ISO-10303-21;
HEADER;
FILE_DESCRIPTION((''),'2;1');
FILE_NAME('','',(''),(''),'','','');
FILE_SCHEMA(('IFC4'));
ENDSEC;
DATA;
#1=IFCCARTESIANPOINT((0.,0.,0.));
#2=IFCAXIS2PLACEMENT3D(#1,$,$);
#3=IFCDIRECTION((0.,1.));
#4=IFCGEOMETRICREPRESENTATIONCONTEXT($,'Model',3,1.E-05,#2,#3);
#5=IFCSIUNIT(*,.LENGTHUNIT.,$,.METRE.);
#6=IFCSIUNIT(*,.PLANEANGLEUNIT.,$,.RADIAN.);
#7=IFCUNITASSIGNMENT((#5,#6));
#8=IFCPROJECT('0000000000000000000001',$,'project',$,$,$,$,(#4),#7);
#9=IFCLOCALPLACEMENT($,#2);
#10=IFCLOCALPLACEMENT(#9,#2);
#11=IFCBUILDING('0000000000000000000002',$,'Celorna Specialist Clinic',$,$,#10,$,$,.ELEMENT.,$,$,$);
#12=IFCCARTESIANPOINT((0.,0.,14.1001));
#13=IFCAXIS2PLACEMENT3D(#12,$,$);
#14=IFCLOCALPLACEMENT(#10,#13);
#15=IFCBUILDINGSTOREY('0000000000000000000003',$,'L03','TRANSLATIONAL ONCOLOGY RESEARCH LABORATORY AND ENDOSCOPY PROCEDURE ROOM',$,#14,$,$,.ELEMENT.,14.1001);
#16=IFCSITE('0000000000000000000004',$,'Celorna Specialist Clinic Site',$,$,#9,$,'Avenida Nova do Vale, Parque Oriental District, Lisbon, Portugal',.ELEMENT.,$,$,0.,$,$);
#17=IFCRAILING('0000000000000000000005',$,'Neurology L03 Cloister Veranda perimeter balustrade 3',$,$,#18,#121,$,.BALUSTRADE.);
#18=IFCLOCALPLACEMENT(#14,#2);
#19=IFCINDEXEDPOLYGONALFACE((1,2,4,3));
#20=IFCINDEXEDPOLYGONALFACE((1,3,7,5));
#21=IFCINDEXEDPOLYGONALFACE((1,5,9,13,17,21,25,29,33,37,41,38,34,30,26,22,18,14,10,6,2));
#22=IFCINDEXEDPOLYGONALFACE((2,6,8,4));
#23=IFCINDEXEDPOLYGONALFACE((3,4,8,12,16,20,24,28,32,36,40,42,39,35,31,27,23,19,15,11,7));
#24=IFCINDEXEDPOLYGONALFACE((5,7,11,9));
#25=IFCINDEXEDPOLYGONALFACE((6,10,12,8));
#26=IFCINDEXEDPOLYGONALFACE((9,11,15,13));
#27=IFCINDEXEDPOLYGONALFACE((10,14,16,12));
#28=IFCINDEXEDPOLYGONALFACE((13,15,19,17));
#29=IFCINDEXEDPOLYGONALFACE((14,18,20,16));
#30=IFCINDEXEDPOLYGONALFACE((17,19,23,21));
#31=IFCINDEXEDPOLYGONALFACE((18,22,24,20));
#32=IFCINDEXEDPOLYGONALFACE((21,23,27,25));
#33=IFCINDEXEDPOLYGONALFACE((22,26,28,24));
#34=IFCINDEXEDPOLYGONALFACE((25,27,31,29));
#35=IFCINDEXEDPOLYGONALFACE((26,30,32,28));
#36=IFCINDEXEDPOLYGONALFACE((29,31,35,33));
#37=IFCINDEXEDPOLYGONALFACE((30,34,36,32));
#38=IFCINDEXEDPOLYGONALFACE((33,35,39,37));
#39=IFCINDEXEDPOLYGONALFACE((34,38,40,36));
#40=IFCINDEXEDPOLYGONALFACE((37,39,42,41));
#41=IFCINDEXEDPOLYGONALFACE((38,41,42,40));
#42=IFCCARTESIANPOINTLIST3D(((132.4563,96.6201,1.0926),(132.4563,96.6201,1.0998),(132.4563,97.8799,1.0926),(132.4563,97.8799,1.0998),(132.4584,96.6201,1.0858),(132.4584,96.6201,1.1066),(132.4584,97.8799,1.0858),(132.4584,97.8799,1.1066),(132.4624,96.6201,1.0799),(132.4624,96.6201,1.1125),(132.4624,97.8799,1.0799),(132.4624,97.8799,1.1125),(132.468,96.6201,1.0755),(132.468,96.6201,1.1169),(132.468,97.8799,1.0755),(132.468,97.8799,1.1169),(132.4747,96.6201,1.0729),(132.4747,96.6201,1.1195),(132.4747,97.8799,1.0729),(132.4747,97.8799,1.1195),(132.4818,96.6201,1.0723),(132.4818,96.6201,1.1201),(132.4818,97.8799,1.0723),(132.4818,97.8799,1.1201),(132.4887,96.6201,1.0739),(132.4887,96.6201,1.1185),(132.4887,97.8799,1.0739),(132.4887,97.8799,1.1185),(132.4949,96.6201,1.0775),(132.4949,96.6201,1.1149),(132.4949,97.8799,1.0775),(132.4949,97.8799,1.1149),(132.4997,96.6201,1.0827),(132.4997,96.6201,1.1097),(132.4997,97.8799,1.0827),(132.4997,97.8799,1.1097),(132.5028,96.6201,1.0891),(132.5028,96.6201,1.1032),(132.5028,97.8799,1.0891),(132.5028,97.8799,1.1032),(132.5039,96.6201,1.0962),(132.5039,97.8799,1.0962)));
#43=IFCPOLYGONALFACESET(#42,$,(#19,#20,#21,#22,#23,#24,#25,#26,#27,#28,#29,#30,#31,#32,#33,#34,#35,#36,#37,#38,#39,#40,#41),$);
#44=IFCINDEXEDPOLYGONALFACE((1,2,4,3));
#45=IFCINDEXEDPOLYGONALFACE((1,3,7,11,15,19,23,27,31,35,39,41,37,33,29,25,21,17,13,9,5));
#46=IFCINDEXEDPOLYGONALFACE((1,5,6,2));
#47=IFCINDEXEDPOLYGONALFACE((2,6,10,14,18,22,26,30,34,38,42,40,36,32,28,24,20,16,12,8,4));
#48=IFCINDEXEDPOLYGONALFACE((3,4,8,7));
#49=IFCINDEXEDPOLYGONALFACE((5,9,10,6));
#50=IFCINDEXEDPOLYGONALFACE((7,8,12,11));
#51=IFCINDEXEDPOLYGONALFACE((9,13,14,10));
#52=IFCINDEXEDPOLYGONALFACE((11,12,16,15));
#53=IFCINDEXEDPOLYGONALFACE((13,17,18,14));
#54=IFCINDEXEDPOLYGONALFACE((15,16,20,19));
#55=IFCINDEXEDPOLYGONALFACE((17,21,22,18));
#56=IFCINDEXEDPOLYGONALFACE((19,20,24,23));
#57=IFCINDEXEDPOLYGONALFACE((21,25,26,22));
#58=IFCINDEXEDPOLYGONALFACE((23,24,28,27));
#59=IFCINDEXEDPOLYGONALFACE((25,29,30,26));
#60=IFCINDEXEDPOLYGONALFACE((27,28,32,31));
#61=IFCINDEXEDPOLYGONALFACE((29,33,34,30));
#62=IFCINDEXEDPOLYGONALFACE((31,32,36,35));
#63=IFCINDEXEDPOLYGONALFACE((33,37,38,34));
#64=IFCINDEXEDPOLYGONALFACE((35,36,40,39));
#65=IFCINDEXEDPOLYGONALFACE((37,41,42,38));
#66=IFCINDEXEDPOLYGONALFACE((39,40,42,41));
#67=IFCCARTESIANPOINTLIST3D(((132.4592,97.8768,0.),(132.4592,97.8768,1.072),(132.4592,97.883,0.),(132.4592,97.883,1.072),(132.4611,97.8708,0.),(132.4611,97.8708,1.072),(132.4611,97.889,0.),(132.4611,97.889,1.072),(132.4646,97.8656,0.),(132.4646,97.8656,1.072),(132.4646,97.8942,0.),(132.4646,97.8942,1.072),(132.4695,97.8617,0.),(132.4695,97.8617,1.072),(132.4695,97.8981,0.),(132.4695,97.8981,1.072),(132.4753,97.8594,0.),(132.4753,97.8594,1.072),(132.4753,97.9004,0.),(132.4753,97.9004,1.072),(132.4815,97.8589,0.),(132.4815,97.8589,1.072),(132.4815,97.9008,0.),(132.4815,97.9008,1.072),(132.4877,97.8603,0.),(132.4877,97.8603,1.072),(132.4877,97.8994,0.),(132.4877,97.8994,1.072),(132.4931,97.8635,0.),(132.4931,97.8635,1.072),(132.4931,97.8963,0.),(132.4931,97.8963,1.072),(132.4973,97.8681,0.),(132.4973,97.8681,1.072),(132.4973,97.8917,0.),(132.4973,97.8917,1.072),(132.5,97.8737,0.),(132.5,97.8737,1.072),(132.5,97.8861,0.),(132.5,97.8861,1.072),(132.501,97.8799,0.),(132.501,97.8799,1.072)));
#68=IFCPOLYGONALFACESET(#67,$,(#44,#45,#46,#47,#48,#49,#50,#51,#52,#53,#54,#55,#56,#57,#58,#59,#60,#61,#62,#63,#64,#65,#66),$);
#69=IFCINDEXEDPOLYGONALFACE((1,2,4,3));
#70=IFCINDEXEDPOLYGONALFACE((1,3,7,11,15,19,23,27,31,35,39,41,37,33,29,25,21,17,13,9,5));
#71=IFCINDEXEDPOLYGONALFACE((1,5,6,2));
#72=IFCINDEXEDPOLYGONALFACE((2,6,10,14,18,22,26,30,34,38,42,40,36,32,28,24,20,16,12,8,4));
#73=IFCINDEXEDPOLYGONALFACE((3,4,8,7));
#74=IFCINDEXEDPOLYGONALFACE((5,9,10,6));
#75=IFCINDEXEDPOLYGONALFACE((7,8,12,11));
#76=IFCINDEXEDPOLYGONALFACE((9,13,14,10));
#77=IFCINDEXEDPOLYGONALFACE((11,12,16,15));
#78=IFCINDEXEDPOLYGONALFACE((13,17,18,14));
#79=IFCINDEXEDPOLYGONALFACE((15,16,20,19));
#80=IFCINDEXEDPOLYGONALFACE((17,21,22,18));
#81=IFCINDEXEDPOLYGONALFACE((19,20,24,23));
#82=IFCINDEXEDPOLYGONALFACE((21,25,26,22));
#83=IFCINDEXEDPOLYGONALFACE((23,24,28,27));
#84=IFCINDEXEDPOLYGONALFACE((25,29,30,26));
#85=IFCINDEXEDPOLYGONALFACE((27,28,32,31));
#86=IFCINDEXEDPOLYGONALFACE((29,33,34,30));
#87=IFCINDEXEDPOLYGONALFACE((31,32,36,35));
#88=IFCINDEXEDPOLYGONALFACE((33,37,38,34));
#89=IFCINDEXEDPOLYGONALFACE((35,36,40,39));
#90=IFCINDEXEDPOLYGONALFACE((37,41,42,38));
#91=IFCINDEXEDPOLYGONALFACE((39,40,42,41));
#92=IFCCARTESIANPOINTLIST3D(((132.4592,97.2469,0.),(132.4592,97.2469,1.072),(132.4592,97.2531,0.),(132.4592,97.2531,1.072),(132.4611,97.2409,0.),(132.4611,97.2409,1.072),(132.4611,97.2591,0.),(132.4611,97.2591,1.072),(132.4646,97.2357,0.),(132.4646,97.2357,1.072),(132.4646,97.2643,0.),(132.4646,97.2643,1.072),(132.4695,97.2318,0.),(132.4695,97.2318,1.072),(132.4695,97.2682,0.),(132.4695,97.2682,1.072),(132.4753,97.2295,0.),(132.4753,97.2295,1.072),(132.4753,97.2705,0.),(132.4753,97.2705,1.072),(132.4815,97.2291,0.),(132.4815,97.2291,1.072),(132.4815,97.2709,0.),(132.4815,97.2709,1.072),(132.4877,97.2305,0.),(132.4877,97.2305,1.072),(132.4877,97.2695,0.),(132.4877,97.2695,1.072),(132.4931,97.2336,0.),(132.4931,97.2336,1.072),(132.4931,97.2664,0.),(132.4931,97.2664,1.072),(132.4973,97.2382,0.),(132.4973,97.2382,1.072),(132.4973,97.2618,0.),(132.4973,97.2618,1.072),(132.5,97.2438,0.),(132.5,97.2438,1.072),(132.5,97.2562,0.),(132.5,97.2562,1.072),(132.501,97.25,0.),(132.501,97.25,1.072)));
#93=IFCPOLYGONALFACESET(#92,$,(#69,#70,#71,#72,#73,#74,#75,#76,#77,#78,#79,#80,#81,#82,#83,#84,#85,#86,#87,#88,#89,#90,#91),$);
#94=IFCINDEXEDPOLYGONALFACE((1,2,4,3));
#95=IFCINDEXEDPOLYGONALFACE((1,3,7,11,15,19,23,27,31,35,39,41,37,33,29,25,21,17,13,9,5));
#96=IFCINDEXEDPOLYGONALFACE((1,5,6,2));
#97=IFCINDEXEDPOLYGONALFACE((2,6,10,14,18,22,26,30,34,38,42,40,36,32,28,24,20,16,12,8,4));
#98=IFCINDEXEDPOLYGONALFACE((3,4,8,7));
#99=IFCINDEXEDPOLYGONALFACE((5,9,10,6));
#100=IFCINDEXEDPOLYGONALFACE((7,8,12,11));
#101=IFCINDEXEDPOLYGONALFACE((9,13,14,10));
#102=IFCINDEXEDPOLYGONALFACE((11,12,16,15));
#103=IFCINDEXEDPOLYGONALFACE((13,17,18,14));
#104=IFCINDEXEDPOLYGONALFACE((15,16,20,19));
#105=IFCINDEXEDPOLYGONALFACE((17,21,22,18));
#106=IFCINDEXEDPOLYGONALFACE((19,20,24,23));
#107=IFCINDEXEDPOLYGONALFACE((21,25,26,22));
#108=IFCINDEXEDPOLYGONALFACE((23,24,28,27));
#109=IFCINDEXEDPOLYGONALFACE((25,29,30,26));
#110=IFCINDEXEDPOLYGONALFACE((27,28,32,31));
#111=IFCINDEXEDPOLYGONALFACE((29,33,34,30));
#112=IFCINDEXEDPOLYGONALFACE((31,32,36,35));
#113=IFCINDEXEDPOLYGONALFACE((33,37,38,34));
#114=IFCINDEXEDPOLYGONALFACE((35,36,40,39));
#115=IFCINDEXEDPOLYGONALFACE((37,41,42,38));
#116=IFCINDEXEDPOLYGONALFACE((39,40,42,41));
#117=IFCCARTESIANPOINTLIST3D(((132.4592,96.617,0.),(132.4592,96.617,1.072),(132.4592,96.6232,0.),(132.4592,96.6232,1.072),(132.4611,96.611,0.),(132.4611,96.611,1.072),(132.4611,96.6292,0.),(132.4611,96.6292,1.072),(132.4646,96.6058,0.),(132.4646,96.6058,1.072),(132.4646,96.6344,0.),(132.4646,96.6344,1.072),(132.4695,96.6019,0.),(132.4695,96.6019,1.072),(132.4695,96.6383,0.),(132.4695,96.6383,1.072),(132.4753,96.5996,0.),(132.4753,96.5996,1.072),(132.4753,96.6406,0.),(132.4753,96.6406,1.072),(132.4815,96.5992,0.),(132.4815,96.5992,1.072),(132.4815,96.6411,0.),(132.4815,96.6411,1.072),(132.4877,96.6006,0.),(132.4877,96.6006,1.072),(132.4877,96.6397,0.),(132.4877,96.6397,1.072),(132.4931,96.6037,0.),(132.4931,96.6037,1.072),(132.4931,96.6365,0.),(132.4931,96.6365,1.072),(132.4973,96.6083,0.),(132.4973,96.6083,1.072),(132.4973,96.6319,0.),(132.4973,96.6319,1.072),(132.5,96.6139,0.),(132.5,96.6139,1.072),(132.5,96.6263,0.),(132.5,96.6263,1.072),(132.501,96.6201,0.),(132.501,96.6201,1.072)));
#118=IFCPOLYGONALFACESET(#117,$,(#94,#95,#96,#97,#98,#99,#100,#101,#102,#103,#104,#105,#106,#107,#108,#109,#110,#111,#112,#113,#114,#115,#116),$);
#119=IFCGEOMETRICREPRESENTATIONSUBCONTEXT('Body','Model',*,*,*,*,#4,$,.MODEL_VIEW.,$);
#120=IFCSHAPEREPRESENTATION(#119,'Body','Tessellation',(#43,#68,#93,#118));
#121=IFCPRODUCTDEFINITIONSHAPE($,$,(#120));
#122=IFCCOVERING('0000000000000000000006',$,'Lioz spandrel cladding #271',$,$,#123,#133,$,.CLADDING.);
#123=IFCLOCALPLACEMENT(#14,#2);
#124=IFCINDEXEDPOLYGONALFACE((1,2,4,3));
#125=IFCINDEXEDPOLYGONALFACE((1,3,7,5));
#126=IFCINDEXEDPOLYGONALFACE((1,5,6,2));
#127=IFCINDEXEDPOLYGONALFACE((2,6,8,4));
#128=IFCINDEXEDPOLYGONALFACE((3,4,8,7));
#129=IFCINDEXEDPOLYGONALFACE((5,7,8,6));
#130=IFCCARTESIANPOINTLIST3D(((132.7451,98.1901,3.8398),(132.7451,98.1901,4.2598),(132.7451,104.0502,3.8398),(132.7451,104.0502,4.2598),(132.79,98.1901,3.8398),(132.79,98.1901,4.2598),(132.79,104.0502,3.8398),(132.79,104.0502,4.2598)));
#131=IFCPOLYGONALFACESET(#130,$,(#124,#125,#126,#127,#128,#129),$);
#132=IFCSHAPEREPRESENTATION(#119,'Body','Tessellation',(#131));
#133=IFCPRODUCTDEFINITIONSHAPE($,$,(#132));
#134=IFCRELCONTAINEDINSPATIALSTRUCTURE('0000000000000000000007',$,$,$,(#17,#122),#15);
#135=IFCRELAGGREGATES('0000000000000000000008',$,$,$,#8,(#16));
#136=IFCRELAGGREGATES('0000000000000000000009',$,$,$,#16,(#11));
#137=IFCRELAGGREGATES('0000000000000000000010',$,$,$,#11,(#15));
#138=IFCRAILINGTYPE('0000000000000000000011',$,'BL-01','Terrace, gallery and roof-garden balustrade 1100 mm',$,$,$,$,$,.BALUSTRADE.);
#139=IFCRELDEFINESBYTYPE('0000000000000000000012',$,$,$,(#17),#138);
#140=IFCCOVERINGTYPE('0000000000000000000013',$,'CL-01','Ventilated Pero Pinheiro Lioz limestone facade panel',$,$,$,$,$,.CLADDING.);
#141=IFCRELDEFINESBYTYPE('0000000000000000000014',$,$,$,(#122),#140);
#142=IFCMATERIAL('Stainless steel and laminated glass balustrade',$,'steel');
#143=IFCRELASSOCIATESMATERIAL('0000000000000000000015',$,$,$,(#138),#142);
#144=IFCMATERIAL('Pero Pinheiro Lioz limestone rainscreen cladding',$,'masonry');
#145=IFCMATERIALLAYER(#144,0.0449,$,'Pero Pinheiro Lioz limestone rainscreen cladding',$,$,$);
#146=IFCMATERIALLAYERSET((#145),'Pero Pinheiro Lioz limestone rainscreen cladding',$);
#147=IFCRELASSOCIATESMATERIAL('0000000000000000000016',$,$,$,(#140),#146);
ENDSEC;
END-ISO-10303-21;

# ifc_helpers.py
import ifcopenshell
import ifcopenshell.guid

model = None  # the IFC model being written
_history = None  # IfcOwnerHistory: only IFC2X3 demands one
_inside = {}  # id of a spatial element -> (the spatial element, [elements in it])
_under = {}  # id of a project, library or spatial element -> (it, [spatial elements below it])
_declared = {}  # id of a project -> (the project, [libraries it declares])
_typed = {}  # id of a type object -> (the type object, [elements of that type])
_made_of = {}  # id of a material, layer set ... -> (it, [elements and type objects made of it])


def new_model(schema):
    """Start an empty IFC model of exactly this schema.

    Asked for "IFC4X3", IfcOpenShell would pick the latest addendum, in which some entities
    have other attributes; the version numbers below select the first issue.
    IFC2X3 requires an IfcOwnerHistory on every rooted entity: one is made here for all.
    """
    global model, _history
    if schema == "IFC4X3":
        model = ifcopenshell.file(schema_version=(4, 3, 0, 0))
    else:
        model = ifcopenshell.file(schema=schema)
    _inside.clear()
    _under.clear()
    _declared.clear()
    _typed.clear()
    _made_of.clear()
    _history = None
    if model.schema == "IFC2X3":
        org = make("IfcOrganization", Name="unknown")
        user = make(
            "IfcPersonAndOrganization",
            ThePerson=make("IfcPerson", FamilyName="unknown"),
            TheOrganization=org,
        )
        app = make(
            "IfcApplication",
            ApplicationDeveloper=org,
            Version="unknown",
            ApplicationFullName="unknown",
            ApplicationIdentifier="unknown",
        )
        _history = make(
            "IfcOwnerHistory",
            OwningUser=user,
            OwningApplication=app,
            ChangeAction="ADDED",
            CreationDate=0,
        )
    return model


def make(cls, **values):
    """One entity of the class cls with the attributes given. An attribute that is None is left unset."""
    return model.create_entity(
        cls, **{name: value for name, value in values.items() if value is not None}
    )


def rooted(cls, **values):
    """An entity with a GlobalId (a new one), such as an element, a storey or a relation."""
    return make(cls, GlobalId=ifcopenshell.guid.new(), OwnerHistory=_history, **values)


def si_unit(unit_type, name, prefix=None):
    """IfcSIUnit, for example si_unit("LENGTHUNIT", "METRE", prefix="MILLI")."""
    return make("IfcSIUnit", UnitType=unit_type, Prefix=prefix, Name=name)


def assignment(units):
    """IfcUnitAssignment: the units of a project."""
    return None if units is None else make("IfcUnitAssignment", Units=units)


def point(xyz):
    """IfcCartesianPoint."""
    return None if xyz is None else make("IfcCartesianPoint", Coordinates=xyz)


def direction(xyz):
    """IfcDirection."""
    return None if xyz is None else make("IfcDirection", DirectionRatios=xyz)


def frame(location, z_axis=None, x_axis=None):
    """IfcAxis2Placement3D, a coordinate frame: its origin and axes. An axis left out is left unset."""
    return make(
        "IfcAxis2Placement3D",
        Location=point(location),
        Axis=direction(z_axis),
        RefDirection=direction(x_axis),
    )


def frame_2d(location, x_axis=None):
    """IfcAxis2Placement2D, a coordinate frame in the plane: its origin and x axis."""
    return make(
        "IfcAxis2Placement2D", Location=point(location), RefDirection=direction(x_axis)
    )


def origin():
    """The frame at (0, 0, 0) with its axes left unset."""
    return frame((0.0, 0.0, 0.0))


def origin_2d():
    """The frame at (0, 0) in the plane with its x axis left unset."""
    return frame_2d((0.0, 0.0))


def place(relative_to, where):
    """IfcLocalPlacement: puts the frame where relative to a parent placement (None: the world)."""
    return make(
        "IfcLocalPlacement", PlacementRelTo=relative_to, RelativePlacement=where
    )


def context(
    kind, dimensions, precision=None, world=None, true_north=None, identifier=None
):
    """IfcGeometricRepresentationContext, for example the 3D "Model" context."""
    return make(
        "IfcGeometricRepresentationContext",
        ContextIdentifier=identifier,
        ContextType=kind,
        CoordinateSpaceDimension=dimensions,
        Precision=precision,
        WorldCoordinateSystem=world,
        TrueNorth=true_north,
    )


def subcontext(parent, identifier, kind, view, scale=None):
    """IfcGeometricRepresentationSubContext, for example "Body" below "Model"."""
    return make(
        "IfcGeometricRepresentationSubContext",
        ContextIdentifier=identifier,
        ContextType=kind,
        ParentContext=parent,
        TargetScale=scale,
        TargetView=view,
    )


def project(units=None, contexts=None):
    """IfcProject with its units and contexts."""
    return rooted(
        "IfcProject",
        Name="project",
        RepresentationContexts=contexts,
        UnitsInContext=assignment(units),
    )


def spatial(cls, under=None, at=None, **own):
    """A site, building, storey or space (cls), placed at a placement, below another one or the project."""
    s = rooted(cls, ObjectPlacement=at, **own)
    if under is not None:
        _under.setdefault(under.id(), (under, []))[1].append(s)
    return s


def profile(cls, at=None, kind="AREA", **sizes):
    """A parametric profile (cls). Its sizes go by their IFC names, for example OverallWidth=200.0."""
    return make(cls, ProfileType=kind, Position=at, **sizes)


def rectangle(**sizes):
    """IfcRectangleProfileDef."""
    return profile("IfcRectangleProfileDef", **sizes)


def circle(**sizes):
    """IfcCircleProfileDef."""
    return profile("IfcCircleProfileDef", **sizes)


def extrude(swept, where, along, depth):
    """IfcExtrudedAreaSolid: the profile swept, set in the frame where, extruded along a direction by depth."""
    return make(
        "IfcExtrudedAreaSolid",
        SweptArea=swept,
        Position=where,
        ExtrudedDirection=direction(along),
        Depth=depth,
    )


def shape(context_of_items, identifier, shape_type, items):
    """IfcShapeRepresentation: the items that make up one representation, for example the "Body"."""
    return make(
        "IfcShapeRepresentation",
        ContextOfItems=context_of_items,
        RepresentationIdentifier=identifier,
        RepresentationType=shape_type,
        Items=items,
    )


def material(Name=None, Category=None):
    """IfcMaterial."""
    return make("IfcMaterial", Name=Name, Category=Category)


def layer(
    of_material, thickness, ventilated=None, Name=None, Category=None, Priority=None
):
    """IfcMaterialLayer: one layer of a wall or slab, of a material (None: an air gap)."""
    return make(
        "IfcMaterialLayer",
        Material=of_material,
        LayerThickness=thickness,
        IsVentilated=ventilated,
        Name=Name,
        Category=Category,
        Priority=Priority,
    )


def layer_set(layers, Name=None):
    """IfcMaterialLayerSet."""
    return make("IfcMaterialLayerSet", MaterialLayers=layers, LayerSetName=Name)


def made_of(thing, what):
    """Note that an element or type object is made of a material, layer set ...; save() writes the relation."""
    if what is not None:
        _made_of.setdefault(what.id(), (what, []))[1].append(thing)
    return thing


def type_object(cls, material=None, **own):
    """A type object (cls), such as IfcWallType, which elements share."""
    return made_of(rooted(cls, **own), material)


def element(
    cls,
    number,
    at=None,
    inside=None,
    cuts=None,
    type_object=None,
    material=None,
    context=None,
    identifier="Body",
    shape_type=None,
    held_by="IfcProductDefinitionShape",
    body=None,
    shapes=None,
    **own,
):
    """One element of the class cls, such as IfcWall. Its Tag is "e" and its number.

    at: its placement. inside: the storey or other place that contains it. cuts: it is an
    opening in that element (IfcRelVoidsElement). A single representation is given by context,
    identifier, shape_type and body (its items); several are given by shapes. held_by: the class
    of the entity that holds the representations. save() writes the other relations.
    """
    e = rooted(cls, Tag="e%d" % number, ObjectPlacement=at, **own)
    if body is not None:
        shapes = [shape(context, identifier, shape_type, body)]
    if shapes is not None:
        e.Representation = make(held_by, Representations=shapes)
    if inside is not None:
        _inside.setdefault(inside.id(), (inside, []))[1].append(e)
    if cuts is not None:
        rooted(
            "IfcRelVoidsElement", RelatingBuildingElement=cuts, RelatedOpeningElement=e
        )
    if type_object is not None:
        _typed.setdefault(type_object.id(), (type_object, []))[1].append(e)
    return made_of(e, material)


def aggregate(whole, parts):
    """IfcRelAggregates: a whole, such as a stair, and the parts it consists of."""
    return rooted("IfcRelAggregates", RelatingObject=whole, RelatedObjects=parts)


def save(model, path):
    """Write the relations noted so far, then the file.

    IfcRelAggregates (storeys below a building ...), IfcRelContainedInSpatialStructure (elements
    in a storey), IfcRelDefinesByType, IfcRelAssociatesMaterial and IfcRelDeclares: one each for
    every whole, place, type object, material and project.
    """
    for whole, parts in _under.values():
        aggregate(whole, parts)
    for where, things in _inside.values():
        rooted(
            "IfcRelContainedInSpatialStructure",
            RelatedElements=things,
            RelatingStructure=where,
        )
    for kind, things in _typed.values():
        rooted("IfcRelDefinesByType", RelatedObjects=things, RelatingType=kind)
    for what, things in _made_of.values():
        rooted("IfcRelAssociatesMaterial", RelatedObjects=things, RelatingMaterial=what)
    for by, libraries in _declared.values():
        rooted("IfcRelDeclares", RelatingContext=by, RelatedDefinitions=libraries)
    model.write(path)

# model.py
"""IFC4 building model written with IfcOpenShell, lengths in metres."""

from ifc_helpers import new_model, si_unit, direction, frame, origin, origin_2d, place, context, subcontext, project, spatial, rectangle, circle, extrude, material, layer, layer_set, type_object, element, save


model = new_model("IFC4")

# Units and contexts
model_context = context("Model", 3, precision=1e-05, world=origin(), true_north=direction((0.0, 1.0)))
body_context = subcontext(model_context, "Body", "Model", "MODEL_VIEW")
ifc_project = project(units=[si_unit("LENGTHUNIT", "METRE"), si_unit("PLANEANGLEUNIT", "RADIAN")], contexts=[model_context])

# Site, building, storey
site_placement = place(None, origin())
site = spatial("IfcSite", under=ifc_project, at=site_placement, Name="Celorna Specialist Clinic Site", LongName="Avenida Nova do Vale, Parque Oriental District, Lisbon, Portugal", CompositionType="ELEMENT", RefElevation=0.0)
building_placement = place(site_placement, origin())
building = spatial("IfcBuilding", under=site, at=building_placement, Name="Celorna Specialist Clinic", CompositionType="ELEMENT")
storey_placement = place(building_placement, frame((0.0, 0.0, 14.1001)))
storey = spatial("IfcBuildingStorey", under=building, at=storey_placement, Name="L03", Description="TRANSLATIONAL ONCOLOGY RESEARCH LABORATORY AND ENDOSCOPY PROCEDURE ROOM", CompositionType="ELEMENT", Elevation=14.1001)

# Railing
ifc_material_1 = material(Name="Stainless steel and laminated glass balustrade", Category="steel")
railing_type = type_object("IfcRailingType", Name="BL-01", Description="Terrace, gallery and roof-garden balustrade 1100 mm", PredefinedType="BALUSTRADE", material=ifc_material_1)
railing_1_placement = place(storey_placement, frame((132.48, 97.8799, 0.0)))
element("IfcRailing", 1, at=railing_1_placement, inside=storey, type_object=railing_type, Name="Neurology L03 Cloister Veranda perimeter balustrade 3", PredefinedType="BALUSTRADE", context=body_context, shape_type="SweptSolid", body=[
    extrude(circle(Radius=0.0239, at=origin_2d()), frame((0.0, 0.0, 1.0962), z_axis=(0.0, -1.0, 0.0), x_axis=(1.0, 0.0, 0.0)), (0.0, 0.0, 1.0), 1.2598),
    extrude(circle(Radius=0.021, at=origin_2d()), origin(), (0.0, 0.0, 1.0), 1.072),
    extrude(circle(Radius=0.021, at=origin_2d()), frame((0.0, -0.6299, 0.0)), (0.0, 0.0, 1.0), 1.072),
    extrude(circle(Radius=0.021, at=origin_2d()), frame((0.0, -1.2598, 0.0)), (0.0, 0.0, 1.0), 1.072),
])

# Covering
ifc_material_2 = material(Name="Pero Pinheiro Lioz limestone rainscreen cladding", Category="masonry")
ifc_layer_1 = layer(ifc_material_2, 0.0449, Name="Pero Pinheiro Lioz limestone rainscreen cladding")
ifc_layer_set_1 = layer_set([ifc_layer_1], Name="Pero Pinheiro Lioz limestone rainscreen cladding")
covering_type = type_object("IfcCoveringType", Name="CL-01", Description="Ventilated Pero Pinheiro Lioz limestone facade panel", PredefinedType="CLADDING", material=ifc_layer_set_1)
covering_placement = place(storey_placement, frame((132.7676, 101.1201, 3.8398), z_axis=(0.0, 0.0, 1.0), x_axis=(0.0, -1.0, 0.0)))
element("IfcCovering", 2, at=covering_placement, inside=storey, type_object=covering_type, Name="Lioz spandrel cladding #271", PredefinedType="CLADDING", context=body_context, shape_type="SweptSolid", body=[
    extrude(rectangle(XDim=5.8601, YDim=0.0449, at=origin_2d()), origin(), (0.0, 0.0, 1.0), 0.4199),
])

save(model, "model.ifc")
